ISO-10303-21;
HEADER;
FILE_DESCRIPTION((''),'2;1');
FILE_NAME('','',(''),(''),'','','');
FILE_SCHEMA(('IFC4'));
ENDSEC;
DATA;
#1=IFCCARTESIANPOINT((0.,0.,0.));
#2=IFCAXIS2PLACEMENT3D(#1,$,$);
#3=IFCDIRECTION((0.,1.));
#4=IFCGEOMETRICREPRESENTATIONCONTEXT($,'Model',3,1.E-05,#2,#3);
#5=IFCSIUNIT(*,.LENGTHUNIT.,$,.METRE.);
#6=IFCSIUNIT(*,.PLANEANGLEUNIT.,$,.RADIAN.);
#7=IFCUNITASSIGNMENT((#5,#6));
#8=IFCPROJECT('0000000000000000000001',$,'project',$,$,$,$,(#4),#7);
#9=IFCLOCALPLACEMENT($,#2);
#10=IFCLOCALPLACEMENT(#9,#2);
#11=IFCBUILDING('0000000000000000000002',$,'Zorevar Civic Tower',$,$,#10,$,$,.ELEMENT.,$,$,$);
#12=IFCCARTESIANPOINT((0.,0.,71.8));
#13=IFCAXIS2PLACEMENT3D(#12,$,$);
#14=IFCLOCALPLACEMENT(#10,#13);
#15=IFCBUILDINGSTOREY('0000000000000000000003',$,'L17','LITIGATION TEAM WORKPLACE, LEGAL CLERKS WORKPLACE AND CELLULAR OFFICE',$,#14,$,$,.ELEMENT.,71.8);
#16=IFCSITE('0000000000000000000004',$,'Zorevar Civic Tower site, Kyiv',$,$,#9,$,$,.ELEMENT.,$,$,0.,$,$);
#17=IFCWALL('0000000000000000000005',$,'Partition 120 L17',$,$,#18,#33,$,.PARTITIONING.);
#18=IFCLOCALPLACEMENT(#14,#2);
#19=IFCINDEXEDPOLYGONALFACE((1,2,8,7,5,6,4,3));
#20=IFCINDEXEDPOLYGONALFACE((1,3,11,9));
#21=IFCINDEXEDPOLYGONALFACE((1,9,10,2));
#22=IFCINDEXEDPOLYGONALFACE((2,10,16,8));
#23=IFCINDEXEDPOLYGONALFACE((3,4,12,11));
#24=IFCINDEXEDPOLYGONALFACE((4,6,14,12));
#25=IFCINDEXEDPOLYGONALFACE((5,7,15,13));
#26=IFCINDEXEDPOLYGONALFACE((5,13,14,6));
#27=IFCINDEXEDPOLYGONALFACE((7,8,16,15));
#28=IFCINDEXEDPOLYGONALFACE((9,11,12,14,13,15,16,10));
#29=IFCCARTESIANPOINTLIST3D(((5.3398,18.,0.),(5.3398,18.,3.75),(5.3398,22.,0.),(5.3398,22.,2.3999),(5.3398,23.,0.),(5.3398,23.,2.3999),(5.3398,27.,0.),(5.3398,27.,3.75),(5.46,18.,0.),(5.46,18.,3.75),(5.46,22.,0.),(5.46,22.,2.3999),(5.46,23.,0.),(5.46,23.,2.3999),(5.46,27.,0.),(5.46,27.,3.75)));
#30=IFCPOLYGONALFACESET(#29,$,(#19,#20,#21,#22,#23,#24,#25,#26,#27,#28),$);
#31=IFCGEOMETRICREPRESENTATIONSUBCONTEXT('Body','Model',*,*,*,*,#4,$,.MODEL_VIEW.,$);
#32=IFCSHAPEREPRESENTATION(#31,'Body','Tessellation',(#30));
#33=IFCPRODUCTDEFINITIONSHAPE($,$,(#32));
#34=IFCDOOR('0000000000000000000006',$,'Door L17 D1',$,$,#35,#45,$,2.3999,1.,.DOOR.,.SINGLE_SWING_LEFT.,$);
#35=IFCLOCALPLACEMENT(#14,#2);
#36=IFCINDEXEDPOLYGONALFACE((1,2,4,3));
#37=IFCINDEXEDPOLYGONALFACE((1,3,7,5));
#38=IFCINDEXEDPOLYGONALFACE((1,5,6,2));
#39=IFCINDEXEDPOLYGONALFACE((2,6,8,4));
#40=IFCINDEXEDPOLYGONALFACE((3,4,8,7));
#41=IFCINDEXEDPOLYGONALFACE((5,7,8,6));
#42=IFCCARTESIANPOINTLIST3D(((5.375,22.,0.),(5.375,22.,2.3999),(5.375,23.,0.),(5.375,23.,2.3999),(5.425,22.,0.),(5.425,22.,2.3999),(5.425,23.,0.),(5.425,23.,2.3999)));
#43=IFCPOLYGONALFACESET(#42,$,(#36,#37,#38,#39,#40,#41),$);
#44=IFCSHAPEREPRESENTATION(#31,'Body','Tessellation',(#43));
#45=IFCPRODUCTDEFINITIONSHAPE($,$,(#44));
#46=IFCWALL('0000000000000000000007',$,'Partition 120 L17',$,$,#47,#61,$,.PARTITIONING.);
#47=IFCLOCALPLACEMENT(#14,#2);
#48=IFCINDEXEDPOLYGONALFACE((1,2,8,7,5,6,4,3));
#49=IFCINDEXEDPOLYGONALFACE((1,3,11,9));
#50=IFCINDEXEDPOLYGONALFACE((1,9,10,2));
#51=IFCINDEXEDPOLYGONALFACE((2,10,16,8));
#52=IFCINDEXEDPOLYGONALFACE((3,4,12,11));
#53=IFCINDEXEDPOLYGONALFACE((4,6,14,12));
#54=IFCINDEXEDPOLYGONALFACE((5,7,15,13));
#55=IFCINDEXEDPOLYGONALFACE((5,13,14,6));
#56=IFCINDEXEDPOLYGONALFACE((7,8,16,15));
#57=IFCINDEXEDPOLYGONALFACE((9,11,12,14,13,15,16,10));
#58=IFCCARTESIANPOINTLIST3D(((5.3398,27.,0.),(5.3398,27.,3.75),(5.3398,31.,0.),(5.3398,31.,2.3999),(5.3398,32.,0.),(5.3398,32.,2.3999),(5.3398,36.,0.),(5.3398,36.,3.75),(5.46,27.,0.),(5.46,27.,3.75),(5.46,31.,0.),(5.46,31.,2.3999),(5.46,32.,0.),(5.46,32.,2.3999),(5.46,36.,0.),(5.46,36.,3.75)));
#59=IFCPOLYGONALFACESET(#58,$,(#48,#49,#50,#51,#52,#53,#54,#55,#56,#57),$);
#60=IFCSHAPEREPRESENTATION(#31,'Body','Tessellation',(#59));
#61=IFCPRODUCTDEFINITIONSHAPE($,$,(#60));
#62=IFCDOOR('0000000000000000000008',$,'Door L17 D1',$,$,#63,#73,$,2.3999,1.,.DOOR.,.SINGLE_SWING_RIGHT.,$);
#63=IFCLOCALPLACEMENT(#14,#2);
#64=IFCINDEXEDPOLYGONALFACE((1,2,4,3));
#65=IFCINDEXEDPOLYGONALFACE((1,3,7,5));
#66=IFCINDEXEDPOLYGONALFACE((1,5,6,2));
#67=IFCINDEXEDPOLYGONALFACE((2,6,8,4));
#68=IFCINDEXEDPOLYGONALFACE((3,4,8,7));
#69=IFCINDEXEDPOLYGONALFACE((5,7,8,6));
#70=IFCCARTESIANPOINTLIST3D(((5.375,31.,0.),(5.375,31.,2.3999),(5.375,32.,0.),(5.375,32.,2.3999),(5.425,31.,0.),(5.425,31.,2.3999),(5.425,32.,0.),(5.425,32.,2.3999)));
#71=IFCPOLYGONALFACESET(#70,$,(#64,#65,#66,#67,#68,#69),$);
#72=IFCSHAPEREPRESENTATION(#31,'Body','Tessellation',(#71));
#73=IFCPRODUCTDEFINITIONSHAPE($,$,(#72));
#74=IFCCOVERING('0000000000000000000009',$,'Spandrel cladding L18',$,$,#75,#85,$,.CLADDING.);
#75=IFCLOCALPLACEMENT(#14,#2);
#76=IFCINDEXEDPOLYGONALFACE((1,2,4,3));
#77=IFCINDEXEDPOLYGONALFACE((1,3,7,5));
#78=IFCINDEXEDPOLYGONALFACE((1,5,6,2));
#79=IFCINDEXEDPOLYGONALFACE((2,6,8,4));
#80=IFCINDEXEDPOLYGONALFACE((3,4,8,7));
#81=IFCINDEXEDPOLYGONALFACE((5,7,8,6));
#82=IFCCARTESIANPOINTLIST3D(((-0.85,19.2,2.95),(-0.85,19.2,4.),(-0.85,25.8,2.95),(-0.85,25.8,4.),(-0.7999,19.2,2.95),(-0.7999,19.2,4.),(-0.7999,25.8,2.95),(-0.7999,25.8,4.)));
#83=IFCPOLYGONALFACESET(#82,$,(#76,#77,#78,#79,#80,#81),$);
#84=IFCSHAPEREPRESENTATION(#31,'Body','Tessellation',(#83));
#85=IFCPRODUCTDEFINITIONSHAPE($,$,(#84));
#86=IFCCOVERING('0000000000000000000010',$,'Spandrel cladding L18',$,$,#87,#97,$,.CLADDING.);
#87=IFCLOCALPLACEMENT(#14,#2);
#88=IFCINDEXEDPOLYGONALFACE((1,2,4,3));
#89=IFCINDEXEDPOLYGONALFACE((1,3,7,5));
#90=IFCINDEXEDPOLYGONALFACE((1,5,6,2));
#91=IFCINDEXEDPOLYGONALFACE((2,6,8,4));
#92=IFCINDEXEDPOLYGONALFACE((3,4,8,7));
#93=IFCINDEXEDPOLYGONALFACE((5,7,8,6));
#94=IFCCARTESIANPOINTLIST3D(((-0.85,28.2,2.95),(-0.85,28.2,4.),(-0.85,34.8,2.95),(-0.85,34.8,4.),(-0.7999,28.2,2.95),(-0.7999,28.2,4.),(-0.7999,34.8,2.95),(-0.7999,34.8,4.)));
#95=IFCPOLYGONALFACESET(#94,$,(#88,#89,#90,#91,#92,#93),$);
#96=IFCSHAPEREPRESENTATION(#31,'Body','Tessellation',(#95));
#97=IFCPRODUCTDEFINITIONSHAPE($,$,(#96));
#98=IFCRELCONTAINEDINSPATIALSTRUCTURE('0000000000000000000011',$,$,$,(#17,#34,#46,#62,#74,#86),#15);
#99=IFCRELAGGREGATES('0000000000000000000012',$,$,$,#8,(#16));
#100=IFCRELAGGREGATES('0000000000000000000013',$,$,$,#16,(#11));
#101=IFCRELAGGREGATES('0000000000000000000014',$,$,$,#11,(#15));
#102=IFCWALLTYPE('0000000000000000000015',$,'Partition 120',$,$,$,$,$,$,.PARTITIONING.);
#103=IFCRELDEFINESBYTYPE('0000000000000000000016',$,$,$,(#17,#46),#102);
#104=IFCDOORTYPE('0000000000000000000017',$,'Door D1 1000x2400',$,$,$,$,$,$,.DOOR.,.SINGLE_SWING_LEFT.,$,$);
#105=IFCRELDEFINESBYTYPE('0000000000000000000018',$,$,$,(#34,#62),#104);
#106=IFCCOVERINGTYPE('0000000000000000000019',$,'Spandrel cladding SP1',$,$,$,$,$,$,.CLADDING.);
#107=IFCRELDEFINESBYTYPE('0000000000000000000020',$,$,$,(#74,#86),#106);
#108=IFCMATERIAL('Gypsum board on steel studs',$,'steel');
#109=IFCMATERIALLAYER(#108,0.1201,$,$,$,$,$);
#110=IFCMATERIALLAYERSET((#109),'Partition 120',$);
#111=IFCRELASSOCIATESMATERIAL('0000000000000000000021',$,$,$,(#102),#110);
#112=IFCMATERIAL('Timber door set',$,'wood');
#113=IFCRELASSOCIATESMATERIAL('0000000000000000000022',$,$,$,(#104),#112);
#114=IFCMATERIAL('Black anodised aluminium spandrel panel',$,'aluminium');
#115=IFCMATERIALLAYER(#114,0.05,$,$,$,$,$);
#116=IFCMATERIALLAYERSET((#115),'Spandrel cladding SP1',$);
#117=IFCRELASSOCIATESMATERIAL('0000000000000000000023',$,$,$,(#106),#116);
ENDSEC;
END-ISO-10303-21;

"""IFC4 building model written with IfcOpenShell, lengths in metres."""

from ifc_helpers import new_model, si_unit, direction, frame, frame_2d, origin, place, context, subcontext, project, spatial, rectangle, extrude, material, layer, layer_set, type_object, element, fill, save


model = new_model("IFC4")

# Units and contexts
model_context = context("Model", 3, precision=1e-05, world=origin(), true_north=direction((0.0, 1.0)))
body_context = subcontext(model_context, "Body", "Model", "MODEL_VIEW")
ifc_project = project(units=[si_unit("LENGTHUNIT", "METRE"), si_unit("PLANEANGLEUNIT", "RADIAN")], contexts=[model_context])

# Site, building, storey
site_placement = place(None, origin())
site = spatial("IfcSite", under=ifc_project, at=site_placement, Name="Zorevar Civic Tower site, Kyiv", CompositionType="ELEMENT", RefElevation=0.0)
building_placement = place(site_placement, origin())
building = spatial("IfcBuilding", under=site, at=building_placement, Name="Zorevar Civic Tower", CompositionType="ELEMENT")
storey_placement = place(building_placement, frame((0.0, 0.0, 71.8)))
storey = spatial("IfcBuildingStorey", under=building, at=storey_placement, Name="L17", Description="LITIGATION TEAM WORKPLACE, LEGAL CLERKS WORKPLACE AND CELLULAR OFFICE", CompositionType="ELEMENT", Elevation=71.8)

# Shared definitions
ifc_material_1 = material(Name="Gypsum board on steel studs", Category="steel")
ifc_layer_1 = layer(ifc_material_1, 0.1201)
ifc_layer_set_1 = layer_set([ifc_layer_1], Name="Partition 120")
wall_type_1 = type_object("IfcWallType", Name="Partition 120", PredefinedType="PARTITIONING", material=ifc_layer_set_1)

# Walls, openings, doors
wall_1_placement = place(storey_placement, frame((5.3999, 18.0, 0.0), z_axis=(0.0, 0.0, 1.0), x_axis=(0.0, 1.0, 0.0)))
wall_1 = element("IfcWall", 1, at=wall_1_placement, inside=storey, type_object=wall_type_1, Name="Partition 120 L17", PredefinedType="PARTITIONING", context=body_context, shape_type="SweptSolid", body=[
    extrude(rectangle(XDim=9.0, YDim=0.1201, at=frame_2d((4.5, 0.0))), origin(), (0.0, 0.0, 1.0), 3.75),
])
opening_1_placement = place(wall_1_placement, frame((4.0, 0.0, 0.0)))
opening_1 = element("IfcOpeningElement", 2, at=opening_1_placement, cuts=wall_1, PredefinedType="OPENING", context=body_context, shape_type="SweptSolid", body=[
    extrude(rectangle(XDim=1.0, YDim=2.3999, at=frame_2d((0.5, 1.2))), frame((0.0, 0.0701, 0.0), z_axis=(0.0, -1.0, 0.0), x_axis=(1.0, 0.0, 0.0)), (0.0, 0.0, 1.0), 0.1401),
])
ifc_material_2 = material(Name="Timber door set", Category="wood")
door_type = type_object("IfcDoorType", Name="Door D1 1000x2400", OperationType="SINGLE_SWING_LEFT", PredefinedType="DOOR", material=ifc_material_2)
door_1_placement = place(opening_1_placement, origin())
door_1 = element("IfcDoor", 3, at=door_1_placement, inside=storey, type_object=door_type, Name="Door L17 D1", OperationType="SINGLE_SWING_LEFT", OverallHeight=2.3999, OverallWidth=1.0, PredefinedType="DOOR", context=body_context, shape_type="SweptSolid", body=[
    extrude(rectangle(XDim=1.0, YDim=2.3999, at=frame_2d((0.5, 1.2))), frame((0.0, 0.0249, 0.0), z_axis=(0.0, -1.0, 0.0), x_axis=(1.0, 0.0, 0.0)), (0.0, 0.0, 1.0), 0.05),
])
fill(opening_1, door_1)
wall_2_placement = place(storey_placement, frame((5.3999, 27.0, 0.0), z_axis=(0.0, 0.0, 1.0), x_axis=(0.0, 1.0, 0.0)))
wall_2 = element("IfcWall", 4, at=wall_2_placement, inside=storey, type_object=wall_type_1, Name="Partition 120 L17", PredefinedType="PARTITIONING", context=body_context, shape_type="SweptSolid", body=[
    extrude(rectangle(XDim=9.0, YDim=0.1201, at=frame_2d((4.5, 0.0))), origin(), (0.0, 0.0, 1.0), 3.75),
])
opening_2_placement = place(wall_2_placement, frame((4.0, 0.0, 0.0)))
opening_2 = element("IfcOpeningElement", 5, at=opening_2_placement, cuts=wall_2, PredefinedType="OPENING", context=body_context, shape_type="SweptSolid", body=[
    extrude(rectangle(XDim=1.0, YDim=2.3999, at=frame_2d((0.5, 1.2))), frame((0.0, 0.0701, 0.0), z_axis=(0.0, -1.0, 0.0), x_axis=(1.0, 0.0, 0.0)), (0.0, 0.0, 1.0), 0.1401),
])
door_2_placement = place(opening_2_placement, origin())
door_2 = element("IfcDoor", 6, at=door_2_placement, inside=storey, type_object=door_type, Name="Door L17 D1", OperationType="SINGLE_SWING_RIGHT", OverallHeight=2.3999, OverallWidth=1.0, PredefinedType="DOOR", context=body_context, shape_type="SweptSolid", body=[
    extrude(rectangle(XDim=1.0, YDim=2.3999, at=frame_2d((0.5, 1.2))), frame((0.0, 0.0249, 0.0), z_axis=(0.0, -1.0, 0.0), x_axis=(1.0, 0.0, 0.0)), (0.0, 0.0, 1.0), 0.05),
])
fill(opening_2, door_2)

# Coverings
ifc_material_3 = material(Name="Black anodised aluminium spandrel panel", Category="aluminium")
ifc_layer_2 = layer(ifc_material_3, 0.05)
ifc_layer_set_2 = layer_set([ifc_layer_2], Name="Spandrel cladding SP1")
covering_type = type_object("IfcCoveringType", Name="Spandrel cladding SP1", PredefinedType="CLADDING", material=ifc_layer_set_2)
for number, where, z_axis, x_axis, name in (
    (7, (-0.825, 19.2, 2.95), (0.0, 0.0, 1.0), (0.0, 1.0, 0.0), "Spandrel cladding L18"),
    (8, (-0.825, 28.2, 2.95), (0.0, 0.0, 1.0), (0.0, 1.0, 0.0), "Spandrel cladding L18"),
):
    element("IfcCovering", number, at=place(storey_placement, frame(where, z_axis=z_axis, x_axis=x_axis)), inside=storey, type_object=covering_type, Name=name, PredefinedType="CLADDING", context=body_context, shape_type="SweptSolid", body=[
        extrude(rectangle(XDim=6.6001, YDim=0.05, at=frame_2d((3.3, 0.0))), origin(), (0.0, 0.0, 1.0), 1.05),
    ])

save(model, "model.ifc")
